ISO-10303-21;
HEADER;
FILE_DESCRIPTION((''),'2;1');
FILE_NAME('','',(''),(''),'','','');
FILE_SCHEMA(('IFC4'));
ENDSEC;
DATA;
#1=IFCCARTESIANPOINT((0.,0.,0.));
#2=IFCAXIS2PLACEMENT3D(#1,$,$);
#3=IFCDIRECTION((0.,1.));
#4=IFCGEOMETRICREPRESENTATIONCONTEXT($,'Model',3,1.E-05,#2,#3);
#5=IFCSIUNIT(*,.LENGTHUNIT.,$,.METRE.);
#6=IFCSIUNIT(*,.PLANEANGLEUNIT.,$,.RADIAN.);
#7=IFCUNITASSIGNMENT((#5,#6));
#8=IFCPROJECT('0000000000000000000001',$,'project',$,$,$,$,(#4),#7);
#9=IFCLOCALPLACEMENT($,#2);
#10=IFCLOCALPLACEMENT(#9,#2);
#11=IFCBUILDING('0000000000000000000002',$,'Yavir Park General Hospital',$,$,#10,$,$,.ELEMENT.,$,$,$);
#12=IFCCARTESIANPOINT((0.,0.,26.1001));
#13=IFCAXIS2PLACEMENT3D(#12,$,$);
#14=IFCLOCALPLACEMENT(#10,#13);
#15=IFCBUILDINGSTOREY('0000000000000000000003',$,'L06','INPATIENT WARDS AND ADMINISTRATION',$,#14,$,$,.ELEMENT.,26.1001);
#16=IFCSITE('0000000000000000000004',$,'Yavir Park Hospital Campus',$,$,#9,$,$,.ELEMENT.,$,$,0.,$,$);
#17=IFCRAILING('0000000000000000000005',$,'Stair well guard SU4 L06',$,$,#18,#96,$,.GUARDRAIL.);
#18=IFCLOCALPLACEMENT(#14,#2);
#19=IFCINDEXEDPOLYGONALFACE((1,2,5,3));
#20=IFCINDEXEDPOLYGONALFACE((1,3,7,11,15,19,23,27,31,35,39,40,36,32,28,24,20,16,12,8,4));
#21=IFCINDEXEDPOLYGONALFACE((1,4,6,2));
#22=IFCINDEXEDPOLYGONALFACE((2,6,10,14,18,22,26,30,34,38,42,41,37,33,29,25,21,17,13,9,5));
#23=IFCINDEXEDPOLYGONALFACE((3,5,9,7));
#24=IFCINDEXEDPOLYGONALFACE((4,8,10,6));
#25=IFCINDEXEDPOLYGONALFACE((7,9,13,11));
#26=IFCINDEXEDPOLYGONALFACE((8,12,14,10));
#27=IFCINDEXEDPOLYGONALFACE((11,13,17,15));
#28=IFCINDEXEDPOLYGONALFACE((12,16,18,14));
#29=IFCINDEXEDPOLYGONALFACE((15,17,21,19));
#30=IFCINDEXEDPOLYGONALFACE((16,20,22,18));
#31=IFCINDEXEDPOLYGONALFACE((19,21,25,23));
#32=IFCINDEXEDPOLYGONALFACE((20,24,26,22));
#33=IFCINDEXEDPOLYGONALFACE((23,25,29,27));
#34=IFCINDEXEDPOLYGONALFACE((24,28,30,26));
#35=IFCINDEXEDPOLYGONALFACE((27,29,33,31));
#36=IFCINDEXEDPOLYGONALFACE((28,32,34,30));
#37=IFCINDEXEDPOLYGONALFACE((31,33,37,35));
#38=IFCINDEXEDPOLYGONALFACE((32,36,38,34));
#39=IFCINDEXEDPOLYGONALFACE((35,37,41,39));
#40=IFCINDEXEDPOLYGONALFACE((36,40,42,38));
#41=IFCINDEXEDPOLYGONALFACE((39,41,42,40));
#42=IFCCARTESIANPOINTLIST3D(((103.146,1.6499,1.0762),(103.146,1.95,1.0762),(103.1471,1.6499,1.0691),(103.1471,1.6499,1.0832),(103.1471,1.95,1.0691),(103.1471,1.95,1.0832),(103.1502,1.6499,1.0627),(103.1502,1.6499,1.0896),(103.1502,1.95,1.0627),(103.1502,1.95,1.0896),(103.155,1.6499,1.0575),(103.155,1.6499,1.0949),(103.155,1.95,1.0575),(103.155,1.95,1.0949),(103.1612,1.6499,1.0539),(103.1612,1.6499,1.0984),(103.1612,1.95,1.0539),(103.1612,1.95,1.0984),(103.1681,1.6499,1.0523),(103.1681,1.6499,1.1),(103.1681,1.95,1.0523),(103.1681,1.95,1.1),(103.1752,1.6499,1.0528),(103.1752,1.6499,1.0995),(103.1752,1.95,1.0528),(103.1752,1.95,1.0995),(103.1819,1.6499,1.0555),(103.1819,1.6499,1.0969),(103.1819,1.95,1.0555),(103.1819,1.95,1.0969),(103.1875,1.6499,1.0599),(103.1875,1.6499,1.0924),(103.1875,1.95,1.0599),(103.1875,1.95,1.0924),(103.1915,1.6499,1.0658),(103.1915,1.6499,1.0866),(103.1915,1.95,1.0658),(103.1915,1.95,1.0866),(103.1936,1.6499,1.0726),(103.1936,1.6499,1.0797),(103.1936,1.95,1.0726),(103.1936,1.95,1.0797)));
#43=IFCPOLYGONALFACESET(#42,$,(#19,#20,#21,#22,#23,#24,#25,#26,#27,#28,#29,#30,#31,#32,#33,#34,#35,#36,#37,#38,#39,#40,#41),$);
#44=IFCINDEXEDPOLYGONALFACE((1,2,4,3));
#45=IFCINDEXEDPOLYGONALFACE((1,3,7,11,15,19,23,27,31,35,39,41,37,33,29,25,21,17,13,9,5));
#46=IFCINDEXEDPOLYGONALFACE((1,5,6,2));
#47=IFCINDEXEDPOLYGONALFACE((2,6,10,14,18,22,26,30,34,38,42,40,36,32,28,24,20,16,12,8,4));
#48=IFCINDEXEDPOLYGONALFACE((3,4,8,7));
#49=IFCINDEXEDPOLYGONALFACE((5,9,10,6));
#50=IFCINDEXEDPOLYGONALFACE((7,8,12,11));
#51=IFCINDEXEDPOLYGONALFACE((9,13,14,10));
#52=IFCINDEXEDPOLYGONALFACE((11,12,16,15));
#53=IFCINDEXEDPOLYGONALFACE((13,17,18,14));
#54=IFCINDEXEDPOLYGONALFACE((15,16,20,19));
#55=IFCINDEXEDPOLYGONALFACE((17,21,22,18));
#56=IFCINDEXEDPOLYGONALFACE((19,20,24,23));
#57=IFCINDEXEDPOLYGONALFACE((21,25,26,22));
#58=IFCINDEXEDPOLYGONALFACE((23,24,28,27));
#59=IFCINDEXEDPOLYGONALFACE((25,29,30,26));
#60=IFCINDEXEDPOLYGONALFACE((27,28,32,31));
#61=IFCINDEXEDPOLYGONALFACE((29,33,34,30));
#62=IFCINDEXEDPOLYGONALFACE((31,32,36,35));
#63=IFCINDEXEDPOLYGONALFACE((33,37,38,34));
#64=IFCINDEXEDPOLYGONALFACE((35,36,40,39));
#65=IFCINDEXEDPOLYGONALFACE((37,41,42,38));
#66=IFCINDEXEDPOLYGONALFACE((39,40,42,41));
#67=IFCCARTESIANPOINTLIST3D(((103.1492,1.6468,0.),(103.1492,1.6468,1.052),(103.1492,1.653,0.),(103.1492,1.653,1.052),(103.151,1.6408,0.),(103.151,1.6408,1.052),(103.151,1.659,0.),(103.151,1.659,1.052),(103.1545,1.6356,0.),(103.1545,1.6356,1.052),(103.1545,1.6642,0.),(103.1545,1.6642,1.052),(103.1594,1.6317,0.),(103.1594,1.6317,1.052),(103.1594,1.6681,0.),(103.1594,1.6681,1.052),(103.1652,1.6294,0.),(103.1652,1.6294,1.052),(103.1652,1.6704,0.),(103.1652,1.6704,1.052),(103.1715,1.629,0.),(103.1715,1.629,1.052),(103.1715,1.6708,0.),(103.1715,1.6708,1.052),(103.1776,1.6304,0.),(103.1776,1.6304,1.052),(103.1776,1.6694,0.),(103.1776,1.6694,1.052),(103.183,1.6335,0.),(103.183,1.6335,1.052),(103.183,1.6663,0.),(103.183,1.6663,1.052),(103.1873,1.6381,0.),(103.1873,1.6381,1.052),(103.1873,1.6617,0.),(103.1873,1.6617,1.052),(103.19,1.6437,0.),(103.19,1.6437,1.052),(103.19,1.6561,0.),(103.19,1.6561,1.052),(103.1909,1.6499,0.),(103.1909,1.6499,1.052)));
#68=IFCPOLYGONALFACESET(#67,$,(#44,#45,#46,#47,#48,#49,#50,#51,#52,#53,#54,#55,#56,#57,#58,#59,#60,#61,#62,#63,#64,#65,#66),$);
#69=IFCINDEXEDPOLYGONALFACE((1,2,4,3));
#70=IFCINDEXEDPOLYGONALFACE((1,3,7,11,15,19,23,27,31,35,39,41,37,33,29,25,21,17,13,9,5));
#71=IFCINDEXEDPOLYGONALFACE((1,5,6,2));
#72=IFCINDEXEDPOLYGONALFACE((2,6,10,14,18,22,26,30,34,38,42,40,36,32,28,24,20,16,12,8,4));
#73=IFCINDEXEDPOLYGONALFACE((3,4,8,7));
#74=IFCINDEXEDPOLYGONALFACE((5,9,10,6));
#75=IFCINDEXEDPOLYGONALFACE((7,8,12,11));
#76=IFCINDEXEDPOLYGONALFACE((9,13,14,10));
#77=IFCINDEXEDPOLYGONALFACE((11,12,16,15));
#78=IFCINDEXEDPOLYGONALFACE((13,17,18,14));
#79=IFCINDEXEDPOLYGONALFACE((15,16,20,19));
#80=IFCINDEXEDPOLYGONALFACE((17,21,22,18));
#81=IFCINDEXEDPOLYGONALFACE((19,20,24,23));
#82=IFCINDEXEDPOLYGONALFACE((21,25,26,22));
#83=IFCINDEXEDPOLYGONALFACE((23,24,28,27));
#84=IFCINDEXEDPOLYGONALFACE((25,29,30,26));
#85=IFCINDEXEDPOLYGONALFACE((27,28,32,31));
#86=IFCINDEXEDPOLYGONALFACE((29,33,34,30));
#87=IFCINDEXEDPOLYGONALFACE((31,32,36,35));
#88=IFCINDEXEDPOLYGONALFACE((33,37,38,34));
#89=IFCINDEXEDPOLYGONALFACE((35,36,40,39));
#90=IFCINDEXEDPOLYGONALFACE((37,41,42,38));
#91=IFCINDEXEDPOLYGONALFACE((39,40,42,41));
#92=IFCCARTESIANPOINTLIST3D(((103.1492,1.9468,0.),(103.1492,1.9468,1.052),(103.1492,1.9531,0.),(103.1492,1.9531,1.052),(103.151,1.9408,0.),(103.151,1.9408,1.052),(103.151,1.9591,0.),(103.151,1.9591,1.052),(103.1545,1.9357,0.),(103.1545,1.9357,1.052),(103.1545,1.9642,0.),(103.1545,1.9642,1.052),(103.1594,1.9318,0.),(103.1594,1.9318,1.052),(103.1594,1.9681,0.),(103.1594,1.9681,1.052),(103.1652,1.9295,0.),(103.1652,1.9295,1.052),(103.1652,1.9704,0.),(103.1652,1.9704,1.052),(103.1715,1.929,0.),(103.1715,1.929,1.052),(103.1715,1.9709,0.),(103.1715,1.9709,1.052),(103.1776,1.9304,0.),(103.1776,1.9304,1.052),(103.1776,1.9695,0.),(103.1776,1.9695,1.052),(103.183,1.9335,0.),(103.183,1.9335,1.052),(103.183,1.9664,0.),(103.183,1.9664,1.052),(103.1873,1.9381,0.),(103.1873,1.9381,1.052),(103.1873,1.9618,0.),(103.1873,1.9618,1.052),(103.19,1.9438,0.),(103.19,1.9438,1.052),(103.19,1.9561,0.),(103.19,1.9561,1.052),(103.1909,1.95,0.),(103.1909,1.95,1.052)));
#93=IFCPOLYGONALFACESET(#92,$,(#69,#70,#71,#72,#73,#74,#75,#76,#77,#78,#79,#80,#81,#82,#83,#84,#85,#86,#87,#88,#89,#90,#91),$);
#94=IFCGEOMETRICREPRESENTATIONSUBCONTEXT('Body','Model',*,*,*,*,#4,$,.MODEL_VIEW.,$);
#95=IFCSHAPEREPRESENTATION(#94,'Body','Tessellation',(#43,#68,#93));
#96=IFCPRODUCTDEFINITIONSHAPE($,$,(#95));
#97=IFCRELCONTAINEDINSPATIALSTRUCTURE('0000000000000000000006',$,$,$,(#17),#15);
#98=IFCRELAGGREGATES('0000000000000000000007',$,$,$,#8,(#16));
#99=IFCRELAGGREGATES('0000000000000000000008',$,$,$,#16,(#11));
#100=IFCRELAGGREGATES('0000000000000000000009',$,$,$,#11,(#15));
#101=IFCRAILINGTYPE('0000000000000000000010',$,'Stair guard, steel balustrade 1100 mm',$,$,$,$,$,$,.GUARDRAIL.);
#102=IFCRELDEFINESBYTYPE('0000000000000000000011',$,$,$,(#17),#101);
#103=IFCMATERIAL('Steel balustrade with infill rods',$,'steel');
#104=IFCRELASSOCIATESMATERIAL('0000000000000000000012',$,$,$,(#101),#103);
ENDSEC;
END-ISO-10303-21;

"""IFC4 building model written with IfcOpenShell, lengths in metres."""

from ifc_helpers import new_model, si_unit, direction, frame, origin, origin_2d, place, context, subcontext, project, spatial, circle, extrude, material, type_object, element, save


model = new_model("IFC4")

# Units and contexts
model_context = context("Model", 3, precision=1e-05, world=origin(), true_north=direction((0.0, 1.0)))
body_context = subcontext(model_context, "Body", "Model", "MODEL_VIEW")
ifc_project = project(units=[si_unit("LENGTHUNIT", "METRE"), si_unit("PLANEANGLEUNIT", "RADIAN")], contexts=[model_context])

# Site, building, storey
site_placement = place(None, origin())
site = spatial("IfcSite", under=ifc_project, at=site_placement, Name="Yavir Park Hospital Campus", CompositionType="ELEMENT", RefElevation=0.0)
building_placement = place(site_placement, origin())
building = spatial("IfcBuilding", under=site, at=building_placement, Name="Yavir Park General Hospital", CompositionType="ELEMENT")
storey_placement = place(building_placement, frame((0.0, 0.0, 26.1001)))
storey = spatial("IfcBuildingStorey", under=building, at=storey_placement, Name="L06", Description="INPATIENT WARDS AND ADMINISTRATION", CompositionType="ELEMENT", Elevation=26.1001)

# Railing
ifc_material_1 = material(Name="Steel balustrade with infill rods", Category="steel")
railing_type_1 = type_object("IfcRailingType", Name="Stair guard, steel balustrade 1100 mm", PredefinedType="GUARDRAIL", material=ifc_material_1)
railing_placement = place(storey_placement, frame((103.1699, 1.6499, 0.0)))
element("IfcRailing", 1, at=railing_placement, inside=storey, type_object=railing_type_1, Name="Stair well guard SU4 L06", PredefinedType="GUARDRAIL", context=body_context, shape_type="SweptSolid", body=[
    extrude(circle(Radius=0.0239, at=origin_2d()), frame((0.0, 0.0, 1.0762), z_axis=(0.0, 1.0, 0.0), x_axis=(-1.0, 0.0, 0.0)), (0.0, 0.0, 1.0), 0.3),
    extrude(circle(Radius=0.021, at=origin_2d()), origin(), (0.0, 0.0, 1.0), 1.052),
    extrude(circle(Radius=0.021, at=origin_2d()), frame((0.0, 0.3, 0.0)), (0.0, 0.0, 1.0), 1.052),
])

save(model, "model.ifc")
